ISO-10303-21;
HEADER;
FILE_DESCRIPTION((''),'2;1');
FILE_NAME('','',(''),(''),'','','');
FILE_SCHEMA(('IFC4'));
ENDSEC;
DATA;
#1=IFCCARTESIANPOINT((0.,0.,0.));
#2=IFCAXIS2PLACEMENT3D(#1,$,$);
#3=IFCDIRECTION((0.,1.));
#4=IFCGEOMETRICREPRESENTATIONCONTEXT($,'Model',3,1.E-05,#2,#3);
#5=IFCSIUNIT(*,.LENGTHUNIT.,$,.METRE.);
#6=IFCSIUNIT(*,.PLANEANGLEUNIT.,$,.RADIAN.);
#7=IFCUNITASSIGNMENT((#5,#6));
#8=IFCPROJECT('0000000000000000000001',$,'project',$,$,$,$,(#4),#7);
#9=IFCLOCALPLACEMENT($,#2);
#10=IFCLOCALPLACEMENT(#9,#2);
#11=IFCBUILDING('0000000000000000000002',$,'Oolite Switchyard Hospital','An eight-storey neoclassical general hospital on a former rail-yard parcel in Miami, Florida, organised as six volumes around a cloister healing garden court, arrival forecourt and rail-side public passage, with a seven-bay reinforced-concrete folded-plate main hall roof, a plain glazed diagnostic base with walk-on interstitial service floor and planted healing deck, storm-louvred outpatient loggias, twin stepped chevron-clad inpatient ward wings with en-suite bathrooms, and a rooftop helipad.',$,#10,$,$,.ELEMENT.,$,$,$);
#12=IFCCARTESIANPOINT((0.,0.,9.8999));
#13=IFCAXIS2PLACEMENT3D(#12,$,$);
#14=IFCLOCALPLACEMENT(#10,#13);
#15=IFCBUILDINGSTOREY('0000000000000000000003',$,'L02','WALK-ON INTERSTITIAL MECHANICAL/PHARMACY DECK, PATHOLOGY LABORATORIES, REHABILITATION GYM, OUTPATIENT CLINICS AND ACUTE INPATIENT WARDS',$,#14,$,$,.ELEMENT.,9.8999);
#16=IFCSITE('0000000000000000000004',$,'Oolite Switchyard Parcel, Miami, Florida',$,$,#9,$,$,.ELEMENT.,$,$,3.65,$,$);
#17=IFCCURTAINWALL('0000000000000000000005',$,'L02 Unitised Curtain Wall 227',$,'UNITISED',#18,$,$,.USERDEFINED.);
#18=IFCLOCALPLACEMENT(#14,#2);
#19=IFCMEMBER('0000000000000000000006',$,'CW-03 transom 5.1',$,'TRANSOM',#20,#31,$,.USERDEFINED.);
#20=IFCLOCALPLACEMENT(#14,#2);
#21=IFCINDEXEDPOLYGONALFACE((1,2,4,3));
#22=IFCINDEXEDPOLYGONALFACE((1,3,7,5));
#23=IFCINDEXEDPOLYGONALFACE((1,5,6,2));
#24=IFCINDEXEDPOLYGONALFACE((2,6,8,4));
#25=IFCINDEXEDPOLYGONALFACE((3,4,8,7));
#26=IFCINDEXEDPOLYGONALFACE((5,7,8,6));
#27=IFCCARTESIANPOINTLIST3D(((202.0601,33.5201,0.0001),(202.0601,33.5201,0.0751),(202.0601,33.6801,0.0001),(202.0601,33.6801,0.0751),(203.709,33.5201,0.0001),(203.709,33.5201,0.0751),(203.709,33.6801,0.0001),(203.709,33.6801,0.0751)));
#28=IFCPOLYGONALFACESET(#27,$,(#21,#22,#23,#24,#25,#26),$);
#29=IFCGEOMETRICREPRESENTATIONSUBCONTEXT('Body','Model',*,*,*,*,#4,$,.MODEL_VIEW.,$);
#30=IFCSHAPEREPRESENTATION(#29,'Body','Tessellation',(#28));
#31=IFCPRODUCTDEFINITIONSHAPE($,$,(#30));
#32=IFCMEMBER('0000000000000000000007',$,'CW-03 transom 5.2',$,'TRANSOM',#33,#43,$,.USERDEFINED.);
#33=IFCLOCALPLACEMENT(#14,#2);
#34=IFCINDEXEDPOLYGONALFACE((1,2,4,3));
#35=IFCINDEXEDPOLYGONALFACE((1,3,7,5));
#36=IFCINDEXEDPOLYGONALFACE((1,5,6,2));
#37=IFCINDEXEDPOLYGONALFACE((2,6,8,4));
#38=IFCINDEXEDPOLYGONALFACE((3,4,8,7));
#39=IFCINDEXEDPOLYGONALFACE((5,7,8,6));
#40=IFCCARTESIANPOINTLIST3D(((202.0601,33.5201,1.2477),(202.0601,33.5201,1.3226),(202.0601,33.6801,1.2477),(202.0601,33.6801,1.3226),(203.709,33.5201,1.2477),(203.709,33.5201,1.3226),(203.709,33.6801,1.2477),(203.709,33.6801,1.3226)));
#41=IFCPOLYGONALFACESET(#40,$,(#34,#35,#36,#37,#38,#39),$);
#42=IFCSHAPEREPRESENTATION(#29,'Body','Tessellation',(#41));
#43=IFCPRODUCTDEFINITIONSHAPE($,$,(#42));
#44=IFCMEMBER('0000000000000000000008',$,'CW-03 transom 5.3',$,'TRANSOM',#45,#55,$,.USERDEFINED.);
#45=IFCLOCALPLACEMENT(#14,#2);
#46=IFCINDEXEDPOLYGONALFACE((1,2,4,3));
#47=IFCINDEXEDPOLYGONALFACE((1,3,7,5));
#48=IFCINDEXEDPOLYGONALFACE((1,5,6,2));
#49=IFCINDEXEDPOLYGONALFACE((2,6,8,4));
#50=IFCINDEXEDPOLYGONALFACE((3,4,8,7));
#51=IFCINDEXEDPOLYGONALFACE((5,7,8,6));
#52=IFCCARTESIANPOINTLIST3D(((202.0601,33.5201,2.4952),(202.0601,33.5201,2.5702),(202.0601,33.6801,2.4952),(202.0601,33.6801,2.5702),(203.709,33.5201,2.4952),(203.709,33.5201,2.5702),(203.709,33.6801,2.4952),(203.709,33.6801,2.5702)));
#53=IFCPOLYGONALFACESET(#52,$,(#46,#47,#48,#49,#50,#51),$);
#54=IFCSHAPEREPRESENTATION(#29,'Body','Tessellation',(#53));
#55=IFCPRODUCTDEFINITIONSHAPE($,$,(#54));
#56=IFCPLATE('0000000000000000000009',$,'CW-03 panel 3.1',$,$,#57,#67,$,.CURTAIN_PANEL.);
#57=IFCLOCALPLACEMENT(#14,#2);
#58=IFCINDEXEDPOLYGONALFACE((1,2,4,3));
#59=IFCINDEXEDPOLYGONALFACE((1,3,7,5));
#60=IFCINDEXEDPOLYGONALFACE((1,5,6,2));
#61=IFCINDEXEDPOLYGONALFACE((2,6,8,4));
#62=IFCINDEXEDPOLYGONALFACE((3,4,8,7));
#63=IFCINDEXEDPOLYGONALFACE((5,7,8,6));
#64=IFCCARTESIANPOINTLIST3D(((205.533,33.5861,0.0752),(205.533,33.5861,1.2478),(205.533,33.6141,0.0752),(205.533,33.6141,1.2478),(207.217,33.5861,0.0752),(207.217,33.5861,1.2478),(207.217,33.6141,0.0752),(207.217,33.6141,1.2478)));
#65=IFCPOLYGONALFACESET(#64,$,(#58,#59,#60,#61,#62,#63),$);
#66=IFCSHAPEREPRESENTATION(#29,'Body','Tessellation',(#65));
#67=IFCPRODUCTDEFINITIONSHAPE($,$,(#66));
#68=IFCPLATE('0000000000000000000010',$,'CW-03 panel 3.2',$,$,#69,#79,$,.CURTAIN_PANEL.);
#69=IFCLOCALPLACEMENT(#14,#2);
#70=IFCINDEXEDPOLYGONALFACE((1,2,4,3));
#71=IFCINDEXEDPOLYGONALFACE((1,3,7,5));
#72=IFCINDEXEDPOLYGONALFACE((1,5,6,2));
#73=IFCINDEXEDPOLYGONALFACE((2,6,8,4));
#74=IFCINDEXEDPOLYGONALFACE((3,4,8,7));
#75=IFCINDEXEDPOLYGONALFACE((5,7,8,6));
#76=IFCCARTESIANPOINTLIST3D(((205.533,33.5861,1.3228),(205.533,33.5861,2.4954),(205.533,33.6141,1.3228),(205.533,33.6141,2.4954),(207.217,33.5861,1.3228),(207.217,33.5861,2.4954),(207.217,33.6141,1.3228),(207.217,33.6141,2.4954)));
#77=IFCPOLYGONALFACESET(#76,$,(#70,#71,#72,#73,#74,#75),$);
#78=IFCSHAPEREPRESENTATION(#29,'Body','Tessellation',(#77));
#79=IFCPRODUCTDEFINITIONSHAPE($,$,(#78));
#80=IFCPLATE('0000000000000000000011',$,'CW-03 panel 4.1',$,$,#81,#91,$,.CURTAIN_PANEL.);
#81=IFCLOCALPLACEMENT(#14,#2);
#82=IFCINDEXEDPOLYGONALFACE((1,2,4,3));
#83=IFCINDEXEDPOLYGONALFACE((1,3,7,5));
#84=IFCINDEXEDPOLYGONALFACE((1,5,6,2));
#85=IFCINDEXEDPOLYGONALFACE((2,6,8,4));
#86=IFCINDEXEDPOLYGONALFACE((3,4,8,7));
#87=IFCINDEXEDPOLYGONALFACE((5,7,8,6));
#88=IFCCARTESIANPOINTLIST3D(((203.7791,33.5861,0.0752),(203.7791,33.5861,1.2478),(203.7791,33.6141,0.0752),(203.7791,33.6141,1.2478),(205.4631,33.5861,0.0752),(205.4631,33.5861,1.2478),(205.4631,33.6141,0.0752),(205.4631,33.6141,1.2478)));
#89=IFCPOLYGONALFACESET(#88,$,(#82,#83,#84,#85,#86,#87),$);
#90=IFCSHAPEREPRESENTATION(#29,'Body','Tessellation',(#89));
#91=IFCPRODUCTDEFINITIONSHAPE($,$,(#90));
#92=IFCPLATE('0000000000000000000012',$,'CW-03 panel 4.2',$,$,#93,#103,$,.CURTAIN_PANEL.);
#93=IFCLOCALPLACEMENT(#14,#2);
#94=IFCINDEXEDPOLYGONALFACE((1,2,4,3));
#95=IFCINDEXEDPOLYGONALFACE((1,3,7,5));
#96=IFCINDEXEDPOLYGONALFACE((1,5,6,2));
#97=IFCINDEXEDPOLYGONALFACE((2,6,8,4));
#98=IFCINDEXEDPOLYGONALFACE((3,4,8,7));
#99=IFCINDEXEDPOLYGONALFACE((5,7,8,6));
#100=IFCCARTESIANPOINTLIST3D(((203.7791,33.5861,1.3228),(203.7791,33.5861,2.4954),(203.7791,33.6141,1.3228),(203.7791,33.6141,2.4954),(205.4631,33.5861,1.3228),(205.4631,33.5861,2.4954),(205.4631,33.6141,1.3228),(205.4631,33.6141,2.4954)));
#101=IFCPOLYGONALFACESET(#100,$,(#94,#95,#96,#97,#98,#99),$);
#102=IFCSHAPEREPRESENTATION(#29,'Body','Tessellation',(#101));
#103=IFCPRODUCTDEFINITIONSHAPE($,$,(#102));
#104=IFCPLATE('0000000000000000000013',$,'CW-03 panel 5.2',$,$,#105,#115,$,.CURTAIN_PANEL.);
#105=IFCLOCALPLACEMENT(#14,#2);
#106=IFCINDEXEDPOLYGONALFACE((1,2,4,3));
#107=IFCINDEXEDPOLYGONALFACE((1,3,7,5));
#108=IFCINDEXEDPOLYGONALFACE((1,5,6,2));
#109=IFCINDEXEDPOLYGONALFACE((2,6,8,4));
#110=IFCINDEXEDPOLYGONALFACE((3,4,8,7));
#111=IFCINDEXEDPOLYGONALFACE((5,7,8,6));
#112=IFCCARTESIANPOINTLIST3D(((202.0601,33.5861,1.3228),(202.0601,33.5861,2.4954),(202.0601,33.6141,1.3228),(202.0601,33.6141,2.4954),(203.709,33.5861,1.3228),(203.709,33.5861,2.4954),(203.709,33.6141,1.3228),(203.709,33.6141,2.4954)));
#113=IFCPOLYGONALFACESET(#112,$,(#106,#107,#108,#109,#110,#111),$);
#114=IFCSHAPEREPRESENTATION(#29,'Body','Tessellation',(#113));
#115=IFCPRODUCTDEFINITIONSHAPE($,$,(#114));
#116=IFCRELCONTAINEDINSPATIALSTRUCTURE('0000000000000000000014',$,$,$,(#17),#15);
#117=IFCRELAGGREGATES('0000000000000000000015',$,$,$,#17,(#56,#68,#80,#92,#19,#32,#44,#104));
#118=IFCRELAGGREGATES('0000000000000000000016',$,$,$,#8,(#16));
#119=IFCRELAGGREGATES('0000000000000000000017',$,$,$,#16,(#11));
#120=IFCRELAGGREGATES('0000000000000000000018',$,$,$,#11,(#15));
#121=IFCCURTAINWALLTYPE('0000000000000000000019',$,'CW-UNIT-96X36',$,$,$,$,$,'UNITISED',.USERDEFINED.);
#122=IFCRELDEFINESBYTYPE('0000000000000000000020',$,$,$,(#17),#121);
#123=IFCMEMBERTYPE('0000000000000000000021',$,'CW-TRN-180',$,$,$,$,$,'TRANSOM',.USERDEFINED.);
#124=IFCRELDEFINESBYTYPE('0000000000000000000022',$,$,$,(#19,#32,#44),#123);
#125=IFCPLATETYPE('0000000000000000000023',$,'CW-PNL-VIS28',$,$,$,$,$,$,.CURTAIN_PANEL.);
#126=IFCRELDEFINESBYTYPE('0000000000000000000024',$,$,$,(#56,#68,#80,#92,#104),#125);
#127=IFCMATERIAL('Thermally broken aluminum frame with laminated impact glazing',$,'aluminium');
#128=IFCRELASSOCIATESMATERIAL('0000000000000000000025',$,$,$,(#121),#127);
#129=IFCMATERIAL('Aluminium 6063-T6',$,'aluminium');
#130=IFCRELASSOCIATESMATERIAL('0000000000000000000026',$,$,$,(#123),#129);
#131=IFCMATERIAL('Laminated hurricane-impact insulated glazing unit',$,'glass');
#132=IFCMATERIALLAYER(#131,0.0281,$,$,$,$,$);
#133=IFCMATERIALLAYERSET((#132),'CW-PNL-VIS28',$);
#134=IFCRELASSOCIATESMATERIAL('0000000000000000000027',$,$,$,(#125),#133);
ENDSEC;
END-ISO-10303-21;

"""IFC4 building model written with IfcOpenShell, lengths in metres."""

from ifc_helpers import new_model, si_unit, direction, frame, origin, origin_2d, place, context, subcontext, project, spatial, rectangle, extrude, material, layer, layer_set, material_profile, profile_set, type_object, element, aggregate, save


model = new_model("IFC4")

# Units and contexts
model_context = context("Model", 3, precision=1e-05, world=origin(), true_north=direction((0.0, 1.0)))
body_context = subcontext(model_context, "Body", "Model", "MODEL_VIEW")
ifc_project = project(units=[si_unit("LENGTHUNIT", "METRE"), si_unit("PLANEANGLEUNIT", "RADIAN")], contexts=[model_context])

# Site, building, storey
site_placement = place(None, origin())
site = spatial("IfcSite", under=ifc_project, at=site_placement, Name="Oolite Switchyard Parcel, Miami, Florida", CompositionType="ELEMENT", RefElevation=3.65)
building_placement = place(site_placement, origin())
building = spatial("IfcBuilding", under=site, at=building_placement, Name="Oolite Switchyard Hospital", Description="An eight-storey neoclassical general hospital on a former rail-yard parcel in Miami, Florida, organised as six volumes around a cloister healing garden court, arrival forecourt and rail-side public passage, with a seven-bay reinforced-concrete folded-plate main hall roof, a plain glazed diagnostic base with walk-on interstitial service floor and planted healing deck, storm-louvred outpatient loggias, twin stepped chevron-clad inpatient ward wings with en-suite bathrooms, and a rooftop helipad.", CompositionType="ELEMENT")
storey_placement = place(building_placement, frame((0.0, 0.0, 9.8999)))
storey = spatial("IfcBuildingStorey", under=building, at=storey_placement, Name="L02", Description="WALK-ON INTERSTITIAL MECHANICAL/PHARMACY DECK, PATHOLOGY LABORATORIES, REHABILITATION GYM, OUTPATIENT CLINICS AND ACUTE INPATIENT WARDS", CompositionType="ELEMENT", Elevation=9.8999)

# Curtain wall, members, plates
ifc_material_1 = material(Name="Thermally broken aluminum frame with laminated impact glazing", Category="aluminium")
curtain_wall_type = type_object("IfcCurtainWallType", Name="CW-UNIT-96X36", ElementType="UNITISED", PredefinedType="USERDEFINED", material=ifc_material_1)
curtain_wall_placement = place(storey_placement, origin())
curtain_wall = element("IfcCurtainWall", 1, at=curtain_wall_placement, inside=storey, type_object=curtain_wall_type, Name="L02 Unitised Curtain Wall 227", ObjectType="UNITISED", PredefinedType="USERDEFINED")
ifc_material_2 = material(Name="Aluminium 6063-T6", Category="aluminium")
ifc_material_profile_1 = material_profile(ifc_material_2, rectangle(XDim=0.1599, YDim=0.075, at=origin_2d()), Name="CWT75X160")
ifc_profile_set_1 = profile_set([ifc_material_profile_1], Name="Aluminium 6063-T6")
member_type_1 = type_object("IfcMemberType", Name="CW-TRN-180", ElementType="TRANSOM", PredefinedType="USERDEFINED", material=ifc_profile_set_1)
member_1_placement = place(storey_placement, frame((203.709, 33.6001, 0.0376), z_axis=(-1.0, 0.0, 0.0), x_axis=(0.0, -1.0, 0.0)))
member_1 = element("IfcMember", 2, at=member_1_placement, type_object=member_type_1, Name="CW-03 transom 5.1", ObjectType="TRANSOM", PredefinedType="USERDEFINED", context=body_context, shape_type="SweptSolid", body=[
    extrude(rectangle(XDim=0.1599, YDim=0.075, at=origin_2d()), origin(), (0.0, 0.0, 1.0), 1.6489),
])
member_2_placement = place(storey_placement, frame((203.709, 33.6001, 1.2852), z_axis=(-1.0, 0.0, 0.0), x_axis=(0.0, -1.0, 0.0)))
member_2 = element("IfcMember", 3, at=member_2_placement, type_object=member_type_1, Name="CW-03 transom 5.2", ObjectType="TRANSOM", PredefinedType="USERDEFINED", context=body_context, shape_type="SweptSolid", body=[
    extrude(rectangle(XDim=0.1599, YDim=0.075, at=origin_2d()), origin(), (0.0, 0.0, 1.0), 1.6489),
])
member_3_placement = place(storey_placement, frame((203.709, 33.6001, 2.5327), z_axis=(-1.0, 0.0, 0.0), x_axis=(0.0, -1.0, 0.0)))
member_3 = element("IfcMember", 4, at=member_3_placement, type_object=member_type_1, Name="CW-03 transom 5.3", ObjectType="TRANSOM", PredefinedType="USERDEFINED", context=body_context, shape_type="SweptSolid", body=[
    extrude(rectangle(XDim=0.1599, YDim=0.075, at=origin_2d()), origin(), (0.0, 0.0, 1.0), 1.6489),
])
ifc_material_3 = material(Name="Laminated hurricane-impact insulated glazing unit", Category="glass")
ifc_layer = layer(ifc_material_3, 0.0281)
ifc_layer_set = layer_set([ifc_layer], Name="CW-PNL-VIS28")
plate_type = type_object("IfcPlateType", Name="CW-PNL-VIS28", PredefinedType="CURTAIN_PANEL", material=ifc_layer_set)
plate_1_placement = place(storey_placement, frame((206.375, 33.6001, 0.0752), z_axis=(0.0, 0.0, 1.0), x_axis=(-1.0, 0.0, 0.0)))
plate_1 = element("IfcPlate", 5, at=plate_1_placement, type_object=plate_type, Name="CW-03 panel 3.1", PredefinedType="CURTAIN_PANEL", context=body_context, shape_type="SweptSolid", body=[
    extrude(rectangle(XDim=1.6841, YDim=0.0281, at=origin_2d()), origin(), (0.0, 0.0, 1.0), 1.1726),
])
plate_2_placement = place(storey_placement, frame((206.375, 33.6001, 1.3228), z_axis=(0.0, 0.0, 1.0), x_axis=(-1.0, 0.0, 0.0)))
plate_2 = element("IfcPlate", 6, at=plate_2_placement, type_object=plate_type, Name="CW-03 panel 3.2", PredefinedType="CURTAIN_PANEL", context=body_context, shape_type="SweptSolid", body=[
    extrude(rectangle(XDim=1.6841, YDim=0.0281, at=origin_2d()), origin(), (0.0, 0.0, 1.0), 1.1726),
])
plate_3_placement = place(storey_placement, frame((204.6211, 33.6001, 0.0752), z_axis=(0.0, 0.0, 1.0), x_axis=(-1.0, 0.0, 0.0)))
plate_3 = element("IfcPlate", 7, at=plate_3_placement, type_object=plate_type, Name="CW-03 panel 4.1", PredefinedType="CURTAIN_PANEL", context=body_context, shape_type="SweptSolid", body=[
    extrude(rectangle(XDim=1.6841, YDim=0.0281, at=origin_2d()), origin(), (0.0, 0.0, 1.0), 1.1726),
])
plate_4_placement = place(storey_placement, frame((204.6211, 33.6001, 1.3228), z_axis=(0.0, 0.0, 1.0), x_axis=(-1.0, 0.0, 0.0)))
plate_4 = element("IfcPlate", 8, at=plate_4_placement, type_object=plate_type, Name="CW-03 panel 4.2", PredefinedType="CURTAIN_PANEL", context=body_context, shape_type="SweptSolid", body=[
    extrude(rectangle(XDim=1.6841, YDim=0.0281, at=origin_2d()), origin(), (0.0, 0.0, 1.0), 1.1726),
])
plate_5_placement = place(storey_placement, frame((202.8845, 33.6001, 1.3228), z_axis=(0.0, 0.0, 1.0), x_axis=(-1.0, 0.0, 0.0)))
plate_5 = element("IfcPlate", 9, at=plate_5_placement, type_object=plate_type, Name="CW-03 panel 5.2", PredefinedType="CURTAIN_PANEL", context=body_context, shape_type="SweptSolid", body=[
    extrude(rectangle(XDim=1.6489, YDim=0.0281, at=origin_2d()), origin(), (0.0, 0.0, 1.0), 1.1726),
])
aggregate(curtain_wall, [plate_1, plate_2, plate_3, plate_4, member_1, member_2, member_3, plate_5])

save(model, "model.ifc")
